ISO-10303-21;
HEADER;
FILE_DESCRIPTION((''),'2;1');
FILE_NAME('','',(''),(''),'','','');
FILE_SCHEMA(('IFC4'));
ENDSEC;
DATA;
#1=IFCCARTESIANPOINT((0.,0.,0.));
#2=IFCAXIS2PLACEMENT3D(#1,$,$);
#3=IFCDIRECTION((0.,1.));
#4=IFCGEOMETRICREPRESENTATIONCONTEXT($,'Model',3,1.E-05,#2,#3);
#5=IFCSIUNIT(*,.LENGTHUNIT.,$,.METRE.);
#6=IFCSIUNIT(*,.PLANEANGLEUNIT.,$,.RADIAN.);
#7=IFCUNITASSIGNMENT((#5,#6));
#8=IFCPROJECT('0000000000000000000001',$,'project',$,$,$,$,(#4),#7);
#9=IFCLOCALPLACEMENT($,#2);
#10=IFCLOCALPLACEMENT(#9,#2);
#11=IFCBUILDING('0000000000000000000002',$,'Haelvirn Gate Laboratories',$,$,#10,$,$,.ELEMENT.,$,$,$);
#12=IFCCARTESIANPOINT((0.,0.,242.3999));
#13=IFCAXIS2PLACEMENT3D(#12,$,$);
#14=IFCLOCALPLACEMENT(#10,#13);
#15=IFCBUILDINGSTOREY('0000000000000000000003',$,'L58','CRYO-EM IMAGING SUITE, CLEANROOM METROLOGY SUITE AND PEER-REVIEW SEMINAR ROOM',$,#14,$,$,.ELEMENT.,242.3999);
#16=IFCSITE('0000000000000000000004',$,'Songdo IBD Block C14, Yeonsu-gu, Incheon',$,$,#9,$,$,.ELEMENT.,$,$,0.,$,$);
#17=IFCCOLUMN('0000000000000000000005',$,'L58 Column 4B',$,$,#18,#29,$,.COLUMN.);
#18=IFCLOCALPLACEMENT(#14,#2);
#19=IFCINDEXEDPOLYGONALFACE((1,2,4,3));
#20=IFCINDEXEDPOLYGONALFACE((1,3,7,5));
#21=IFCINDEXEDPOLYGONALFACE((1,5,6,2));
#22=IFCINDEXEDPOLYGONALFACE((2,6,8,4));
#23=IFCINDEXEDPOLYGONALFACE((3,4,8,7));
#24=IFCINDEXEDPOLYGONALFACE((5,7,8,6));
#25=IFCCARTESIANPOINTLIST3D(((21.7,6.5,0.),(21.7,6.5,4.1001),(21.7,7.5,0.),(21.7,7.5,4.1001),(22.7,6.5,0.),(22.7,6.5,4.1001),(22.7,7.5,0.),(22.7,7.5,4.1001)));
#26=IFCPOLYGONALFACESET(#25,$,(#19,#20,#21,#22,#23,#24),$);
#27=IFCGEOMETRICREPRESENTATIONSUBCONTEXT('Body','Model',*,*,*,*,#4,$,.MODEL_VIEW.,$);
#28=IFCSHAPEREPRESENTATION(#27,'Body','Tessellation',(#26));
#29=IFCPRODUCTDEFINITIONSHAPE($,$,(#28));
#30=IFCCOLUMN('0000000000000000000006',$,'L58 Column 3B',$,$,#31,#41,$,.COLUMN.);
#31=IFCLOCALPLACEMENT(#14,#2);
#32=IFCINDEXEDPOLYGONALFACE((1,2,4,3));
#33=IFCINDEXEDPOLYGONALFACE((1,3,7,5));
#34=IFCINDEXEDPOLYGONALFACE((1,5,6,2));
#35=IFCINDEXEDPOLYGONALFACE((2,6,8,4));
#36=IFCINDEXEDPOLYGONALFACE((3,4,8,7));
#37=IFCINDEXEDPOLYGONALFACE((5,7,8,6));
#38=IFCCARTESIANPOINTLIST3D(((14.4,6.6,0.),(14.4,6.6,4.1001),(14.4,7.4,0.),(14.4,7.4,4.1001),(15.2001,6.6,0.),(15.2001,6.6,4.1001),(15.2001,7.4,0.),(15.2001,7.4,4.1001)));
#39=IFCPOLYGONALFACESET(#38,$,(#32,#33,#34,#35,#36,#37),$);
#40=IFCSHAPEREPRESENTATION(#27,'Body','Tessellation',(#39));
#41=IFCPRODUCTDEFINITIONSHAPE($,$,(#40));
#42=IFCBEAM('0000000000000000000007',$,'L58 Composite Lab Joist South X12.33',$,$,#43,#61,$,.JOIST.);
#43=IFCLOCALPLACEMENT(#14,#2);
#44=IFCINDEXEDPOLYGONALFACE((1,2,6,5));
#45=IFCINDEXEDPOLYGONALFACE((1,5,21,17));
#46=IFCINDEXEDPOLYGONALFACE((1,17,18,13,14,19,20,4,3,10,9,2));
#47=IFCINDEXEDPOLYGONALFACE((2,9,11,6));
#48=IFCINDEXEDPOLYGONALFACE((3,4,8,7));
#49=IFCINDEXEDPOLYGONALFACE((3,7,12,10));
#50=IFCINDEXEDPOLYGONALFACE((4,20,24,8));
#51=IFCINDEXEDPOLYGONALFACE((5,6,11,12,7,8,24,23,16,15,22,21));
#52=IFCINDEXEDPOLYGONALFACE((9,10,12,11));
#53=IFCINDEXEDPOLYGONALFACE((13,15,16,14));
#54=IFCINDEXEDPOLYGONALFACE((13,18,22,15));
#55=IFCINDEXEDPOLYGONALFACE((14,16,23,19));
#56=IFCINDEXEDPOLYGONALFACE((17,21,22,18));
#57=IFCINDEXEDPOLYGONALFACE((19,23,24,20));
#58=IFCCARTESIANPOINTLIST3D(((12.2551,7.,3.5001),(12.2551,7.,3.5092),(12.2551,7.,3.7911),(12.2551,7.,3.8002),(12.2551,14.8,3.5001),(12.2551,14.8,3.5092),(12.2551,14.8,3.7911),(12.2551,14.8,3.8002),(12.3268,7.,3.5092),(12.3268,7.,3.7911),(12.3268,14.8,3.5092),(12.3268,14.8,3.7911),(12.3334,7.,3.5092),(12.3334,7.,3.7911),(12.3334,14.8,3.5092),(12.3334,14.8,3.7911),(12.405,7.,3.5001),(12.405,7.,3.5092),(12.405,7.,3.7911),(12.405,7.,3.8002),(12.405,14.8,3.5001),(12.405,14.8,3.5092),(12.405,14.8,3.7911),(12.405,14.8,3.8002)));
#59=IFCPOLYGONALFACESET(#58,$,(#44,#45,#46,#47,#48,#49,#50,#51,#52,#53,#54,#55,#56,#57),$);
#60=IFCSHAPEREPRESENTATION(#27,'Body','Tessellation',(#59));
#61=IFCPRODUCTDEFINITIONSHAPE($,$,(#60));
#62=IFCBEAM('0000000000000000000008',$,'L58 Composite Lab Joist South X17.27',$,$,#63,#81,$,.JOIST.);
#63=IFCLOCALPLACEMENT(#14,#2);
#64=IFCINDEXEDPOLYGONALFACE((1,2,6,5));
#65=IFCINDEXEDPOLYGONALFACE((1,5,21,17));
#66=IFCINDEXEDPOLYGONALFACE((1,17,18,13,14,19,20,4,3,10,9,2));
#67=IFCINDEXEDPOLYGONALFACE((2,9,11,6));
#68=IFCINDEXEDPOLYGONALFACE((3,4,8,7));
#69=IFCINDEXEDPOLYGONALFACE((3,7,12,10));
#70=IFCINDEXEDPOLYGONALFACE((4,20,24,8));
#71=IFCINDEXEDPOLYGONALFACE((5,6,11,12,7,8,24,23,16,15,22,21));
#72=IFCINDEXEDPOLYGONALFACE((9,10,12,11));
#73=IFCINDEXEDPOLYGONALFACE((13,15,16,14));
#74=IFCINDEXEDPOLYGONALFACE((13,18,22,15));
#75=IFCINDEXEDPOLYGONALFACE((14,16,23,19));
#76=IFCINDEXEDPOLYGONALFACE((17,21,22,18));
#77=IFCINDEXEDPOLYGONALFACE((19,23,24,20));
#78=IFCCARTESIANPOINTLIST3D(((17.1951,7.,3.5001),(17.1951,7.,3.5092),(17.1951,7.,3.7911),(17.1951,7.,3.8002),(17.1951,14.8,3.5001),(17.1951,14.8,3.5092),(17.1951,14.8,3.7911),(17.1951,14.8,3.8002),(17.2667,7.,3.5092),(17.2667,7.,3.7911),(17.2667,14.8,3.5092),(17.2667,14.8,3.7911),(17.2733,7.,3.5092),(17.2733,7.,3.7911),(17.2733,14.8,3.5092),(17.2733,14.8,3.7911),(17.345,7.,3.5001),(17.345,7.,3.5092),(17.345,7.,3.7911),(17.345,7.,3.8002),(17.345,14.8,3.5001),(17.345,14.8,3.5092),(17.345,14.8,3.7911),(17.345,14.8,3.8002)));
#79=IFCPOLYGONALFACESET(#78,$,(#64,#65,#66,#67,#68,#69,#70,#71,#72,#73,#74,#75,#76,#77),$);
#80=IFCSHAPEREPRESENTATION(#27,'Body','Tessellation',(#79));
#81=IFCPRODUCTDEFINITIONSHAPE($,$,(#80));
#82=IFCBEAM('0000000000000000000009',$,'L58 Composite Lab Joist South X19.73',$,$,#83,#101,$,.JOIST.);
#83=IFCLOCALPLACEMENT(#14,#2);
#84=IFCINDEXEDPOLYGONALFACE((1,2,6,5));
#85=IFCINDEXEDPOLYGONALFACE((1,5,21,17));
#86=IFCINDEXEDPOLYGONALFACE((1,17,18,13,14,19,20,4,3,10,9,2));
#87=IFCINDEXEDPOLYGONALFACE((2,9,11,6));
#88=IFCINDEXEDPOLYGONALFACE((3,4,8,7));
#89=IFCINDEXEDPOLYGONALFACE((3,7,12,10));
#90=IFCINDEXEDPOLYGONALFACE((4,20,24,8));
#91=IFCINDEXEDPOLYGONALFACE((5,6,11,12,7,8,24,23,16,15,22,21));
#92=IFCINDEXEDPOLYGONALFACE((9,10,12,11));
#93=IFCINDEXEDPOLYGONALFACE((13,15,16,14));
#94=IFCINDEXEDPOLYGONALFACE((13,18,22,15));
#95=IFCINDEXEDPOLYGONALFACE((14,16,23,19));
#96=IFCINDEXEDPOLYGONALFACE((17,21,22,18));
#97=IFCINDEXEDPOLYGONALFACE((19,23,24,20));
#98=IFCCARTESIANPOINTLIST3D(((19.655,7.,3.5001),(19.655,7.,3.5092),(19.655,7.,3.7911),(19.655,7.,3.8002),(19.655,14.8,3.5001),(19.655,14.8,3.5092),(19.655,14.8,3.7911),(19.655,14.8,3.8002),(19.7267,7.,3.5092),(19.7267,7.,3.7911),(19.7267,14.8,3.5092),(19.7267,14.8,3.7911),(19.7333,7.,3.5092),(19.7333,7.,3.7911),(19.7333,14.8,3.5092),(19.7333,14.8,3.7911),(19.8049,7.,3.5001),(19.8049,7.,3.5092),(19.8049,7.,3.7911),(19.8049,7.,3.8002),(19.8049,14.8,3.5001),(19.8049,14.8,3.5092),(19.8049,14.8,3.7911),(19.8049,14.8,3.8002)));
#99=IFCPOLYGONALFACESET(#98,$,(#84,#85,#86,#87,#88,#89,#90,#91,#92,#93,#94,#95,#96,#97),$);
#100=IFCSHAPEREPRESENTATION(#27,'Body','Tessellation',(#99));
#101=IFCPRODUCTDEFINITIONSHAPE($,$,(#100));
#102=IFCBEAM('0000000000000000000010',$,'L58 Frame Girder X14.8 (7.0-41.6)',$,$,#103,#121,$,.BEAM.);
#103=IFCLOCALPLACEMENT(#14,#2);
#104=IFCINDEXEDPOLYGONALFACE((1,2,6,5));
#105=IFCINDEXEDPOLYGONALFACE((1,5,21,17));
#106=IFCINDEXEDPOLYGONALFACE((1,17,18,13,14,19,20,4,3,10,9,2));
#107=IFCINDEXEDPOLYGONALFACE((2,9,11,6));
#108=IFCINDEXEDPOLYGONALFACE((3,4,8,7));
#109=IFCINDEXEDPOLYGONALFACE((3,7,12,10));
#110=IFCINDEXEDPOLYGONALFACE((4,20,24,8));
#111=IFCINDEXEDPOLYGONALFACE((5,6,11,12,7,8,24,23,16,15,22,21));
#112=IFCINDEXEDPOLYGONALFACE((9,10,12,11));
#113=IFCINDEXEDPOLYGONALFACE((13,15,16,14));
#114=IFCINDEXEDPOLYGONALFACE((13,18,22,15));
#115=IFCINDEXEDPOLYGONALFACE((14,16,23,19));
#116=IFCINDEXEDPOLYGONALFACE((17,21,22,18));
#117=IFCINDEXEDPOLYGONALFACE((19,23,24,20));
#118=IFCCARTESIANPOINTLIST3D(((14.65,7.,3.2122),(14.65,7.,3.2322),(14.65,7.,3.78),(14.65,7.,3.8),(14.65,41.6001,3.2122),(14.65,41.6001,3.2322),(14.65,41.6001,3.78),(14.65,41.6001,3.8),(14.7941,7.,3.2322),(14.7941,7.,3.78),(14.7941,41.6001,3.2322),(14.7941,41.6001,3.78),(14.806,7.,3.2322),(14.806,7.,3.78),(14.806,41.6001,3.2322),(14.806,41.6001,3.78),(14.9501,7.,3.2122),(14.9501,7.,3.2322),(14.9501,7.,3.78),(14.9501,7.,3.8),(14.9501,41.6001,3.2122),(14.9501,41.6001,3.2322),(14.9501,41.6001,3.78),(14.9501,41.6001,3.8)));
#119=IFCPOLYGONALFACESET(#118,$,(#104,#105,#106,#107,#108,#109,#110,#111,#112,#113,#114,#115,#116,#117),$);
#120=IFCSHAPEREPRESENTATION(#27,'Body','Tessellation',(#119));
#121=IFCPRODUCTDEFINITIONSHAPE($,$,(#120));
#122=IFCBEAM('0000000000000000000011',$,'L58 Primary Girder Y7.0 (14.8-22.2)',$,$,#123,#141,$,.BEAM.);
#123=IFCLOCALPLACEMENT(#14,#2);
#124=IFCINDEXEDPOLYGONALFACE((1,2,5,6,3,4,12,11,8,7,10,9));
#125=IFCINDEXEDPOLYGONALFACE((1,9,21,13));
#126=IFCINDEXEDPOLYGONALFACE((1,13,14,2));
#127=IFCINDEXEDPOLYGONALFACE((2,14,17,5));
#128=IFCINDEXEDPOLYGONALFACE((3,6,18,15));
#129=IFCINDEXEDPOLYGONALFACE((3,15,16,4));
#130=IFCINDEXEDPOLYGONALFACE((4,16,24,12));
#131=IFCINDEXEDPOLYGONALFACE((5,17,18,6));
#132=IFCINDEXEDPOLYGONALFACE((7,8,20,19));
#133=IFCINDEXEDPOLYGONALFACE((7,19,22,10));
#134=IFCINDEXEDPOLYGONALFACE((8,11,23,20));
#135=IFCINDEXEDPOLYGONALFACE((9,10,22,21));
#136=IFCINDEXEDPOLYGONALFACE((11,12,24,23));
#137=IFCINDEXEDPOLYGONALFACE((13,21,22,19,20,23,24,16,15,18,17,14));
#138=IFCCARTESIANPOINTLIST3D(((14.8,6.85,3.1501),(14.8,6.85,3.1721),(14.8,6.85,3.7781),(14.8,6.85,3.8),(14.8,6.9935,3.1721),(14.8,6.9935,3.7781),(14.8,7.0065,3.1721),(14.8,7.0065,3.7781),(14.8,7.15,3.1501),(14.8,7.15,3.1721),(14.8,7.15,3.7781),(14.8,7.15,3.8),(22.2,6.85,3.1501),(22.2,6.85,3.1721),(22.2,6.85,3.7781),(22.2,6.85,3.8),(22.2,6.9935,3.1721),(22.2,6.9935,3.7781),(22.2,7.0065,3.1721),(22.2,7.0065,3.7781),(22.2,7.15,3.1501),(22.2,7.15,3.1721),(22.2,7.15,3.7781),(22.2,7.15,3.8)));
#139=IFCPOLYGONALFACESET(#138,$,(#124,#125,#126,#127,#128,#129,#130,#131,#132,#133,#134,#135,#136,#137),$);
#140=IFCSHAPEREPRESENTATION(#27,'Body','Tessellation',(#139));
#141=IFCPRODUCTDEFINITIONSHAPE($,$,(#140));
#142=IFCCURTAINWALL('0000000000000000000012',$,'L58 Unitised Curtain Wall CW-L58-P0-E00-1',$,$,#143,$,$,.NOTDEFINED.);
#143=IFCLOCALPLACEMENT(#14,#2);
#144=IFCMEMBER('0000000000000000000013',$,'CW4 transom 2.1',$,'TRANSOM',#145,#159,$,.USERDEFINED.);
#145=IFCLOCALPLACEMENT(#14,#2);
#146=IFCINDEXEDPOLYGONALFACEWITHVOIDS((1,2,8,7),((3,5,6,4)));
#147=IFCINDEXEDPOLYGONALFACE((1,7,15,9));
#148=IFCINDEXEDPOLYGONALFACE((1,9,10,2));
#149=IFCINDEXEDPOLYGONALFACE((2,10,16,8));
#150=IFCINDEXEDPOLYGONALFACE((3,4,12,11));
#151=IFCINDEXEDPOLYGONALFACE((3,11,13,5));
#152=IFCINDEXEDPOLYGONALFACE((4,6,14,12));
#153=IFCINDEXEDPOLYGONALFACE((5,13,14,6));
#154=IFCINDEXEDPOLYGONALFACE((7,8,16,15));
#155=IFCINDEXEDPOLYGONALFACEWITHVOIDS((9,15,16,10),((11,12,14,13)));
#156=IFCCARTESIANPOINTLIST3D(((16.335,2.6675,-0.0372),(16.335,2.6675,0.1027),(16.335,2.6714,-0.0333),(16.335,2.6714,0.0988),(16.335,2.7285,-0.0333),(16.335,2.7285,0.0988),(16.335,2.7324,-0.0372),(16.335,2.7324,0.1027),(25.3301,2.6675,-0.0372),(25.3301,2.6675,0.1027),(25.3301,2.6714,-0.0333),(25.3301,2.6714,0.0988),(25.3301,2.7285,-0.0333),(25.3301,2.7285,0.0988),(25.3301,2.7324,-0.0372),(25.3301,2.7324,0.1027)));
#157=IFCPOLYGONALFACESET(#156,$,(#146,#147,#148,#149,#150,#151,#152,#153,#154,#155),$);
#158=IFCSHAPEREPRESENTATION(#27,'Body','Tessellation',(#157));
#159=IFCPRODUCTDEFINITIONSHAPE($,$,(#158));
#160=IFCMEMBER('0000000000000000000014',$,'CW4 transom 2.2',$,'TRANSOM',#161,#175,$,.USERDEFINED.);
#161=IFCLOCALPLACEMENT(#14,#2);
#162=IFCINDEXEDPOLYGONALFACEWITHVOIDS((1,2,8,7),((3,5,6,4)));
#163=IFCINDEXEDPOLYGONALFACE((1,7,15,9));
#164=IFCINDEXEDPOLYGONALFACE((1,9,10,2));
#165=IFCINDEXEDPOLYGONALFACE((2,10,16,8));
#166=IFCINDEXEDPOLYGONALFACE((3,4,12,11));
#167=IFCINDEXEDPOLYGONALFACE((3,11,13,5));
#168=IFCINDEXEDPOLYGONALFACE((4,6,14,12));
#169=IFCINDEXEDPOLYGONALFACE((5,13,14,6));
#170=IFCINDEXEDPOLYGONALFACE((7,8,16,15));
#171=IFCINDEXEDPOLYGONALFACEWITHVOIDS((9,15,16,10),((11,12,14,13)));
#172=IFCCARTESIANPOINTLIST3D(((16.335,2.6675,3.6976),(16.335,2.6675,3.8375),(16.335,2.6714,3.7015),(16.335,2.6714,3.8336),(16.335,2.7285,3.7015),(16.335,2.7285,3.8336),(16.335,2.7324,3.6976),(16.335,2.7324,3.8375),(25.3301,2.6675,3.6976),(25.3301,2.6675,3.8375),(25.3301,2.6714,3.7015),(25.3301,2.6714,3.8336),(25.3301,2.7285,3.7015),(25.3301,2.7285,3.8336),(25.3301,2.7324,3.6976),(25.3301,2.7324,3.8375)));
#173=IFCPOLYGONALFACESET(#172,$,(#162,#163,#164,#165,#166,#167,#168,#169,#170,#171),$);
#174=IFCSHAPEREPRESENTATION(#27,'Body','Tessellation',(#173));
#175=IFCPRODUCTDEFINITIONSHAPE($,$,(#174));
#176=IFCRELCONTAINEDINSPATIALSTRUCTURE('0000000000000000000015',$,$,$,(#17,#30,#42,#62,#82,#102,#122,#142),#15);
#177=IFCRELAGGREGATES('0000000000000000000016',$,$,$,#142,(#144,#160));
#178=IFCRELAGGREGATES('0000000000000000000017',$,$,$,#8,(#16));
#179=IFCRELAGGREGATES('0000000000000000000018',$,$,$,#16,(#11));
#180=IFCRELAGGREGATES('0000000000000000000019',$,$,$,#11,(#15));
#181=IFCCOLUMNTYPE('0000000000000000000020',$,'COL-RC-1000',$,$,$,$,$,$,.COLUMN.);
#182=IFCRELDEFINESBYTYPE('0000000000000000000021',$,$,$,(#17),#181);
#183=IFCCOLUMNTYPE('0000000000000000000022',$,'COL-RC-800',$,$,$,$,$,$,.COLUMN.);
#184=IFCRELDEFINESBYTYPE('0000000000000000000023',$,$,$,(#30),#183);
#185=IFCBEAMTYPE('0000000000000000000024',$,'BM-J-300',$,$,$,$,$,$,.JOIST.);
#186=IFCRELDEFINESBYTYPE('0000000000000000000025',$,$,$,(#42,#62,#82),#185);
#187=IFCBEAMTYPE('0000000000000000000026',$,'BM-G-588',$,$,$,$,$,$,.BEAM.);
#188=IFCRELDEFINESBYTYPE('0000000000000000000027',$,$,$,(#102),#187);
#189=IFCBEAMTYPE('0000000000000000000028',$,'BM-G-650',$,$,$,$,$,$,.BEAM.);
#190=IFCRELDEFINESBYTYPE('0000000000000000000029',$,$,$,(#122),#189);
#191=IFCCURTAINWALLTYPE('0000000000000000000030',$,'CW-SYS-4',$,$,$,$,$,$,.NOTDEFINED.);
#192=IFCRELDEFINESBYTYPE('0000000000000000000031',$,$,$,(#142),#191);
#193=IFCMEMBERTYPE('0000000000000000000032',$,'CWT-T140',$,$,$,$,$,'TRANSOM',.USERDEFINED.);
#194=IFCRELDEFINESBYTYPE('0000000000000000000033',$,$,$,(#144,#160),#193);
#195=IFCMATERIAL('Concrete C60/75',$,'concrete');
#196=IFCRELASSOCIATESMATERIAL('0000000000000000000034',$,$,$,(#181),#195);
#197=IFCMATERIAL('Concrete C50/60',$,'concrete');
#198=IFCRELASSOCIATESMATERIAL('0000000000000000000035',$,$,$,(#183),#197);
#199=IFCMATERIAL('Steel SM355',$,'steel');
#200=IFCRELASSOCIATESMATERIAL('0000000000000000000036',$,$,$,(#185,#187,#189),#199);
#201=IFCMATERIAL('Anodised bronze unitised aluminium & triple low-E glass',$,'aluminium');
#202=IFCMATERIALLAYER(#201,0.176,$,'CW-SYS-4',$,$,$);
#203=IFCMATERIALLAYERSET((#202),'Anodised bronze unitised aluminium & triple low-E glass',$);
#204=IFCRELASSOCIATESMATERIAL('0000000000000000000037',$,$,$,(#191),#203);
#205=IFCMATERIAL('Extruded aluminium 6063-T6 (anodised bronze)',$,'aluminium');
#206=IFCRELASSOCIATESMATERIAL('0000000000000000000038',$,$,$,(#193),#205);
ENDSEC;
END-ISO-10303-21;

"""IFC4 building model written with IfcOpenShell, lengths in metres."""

from ifc_helpers import new_model, si_unit, direction, frame, origin, origin_2d, place, context, subcontext, project, spatial, rectangle, hollow_rectangle, i_section, extrude, source, transform, mapped, material, layer, layer_set, material_profile, profile_set, type_object, type_shapes, element, aggregate, save


model = new_model("IFC4")

# Units and contexts
model_context = context("Model", 3, precision=1e-05, world=origin(), true_north=direction((0.0, 1.0)))
body_context = subcontext(model_context, "Body", "Model", "MODEL_VIEW")
ifc_project = project(units=[si_unit("LENGTHUNIT", "METRE"), si_unit("PLANEANGLEUNIT", "RADIAN")], contexts=[model_context])

# Site, building, storey
site_placement = place(None, origin())
site = spatial("IfcSite", under=ifc_project, at=site_placement, Name="Songdo IBD Block C14, Yeonsu-gu, Incheon", CompositionType="ELEMENT", RefElevation=0.0)
building_placement = place(site_placement, origin())
building = spatial("IfcBuilding", under=site, at=building_placement, Name="Haelvirn Gate Laboratories", CompositionType="ELEMENT")
storey_placement = place(building_placement, frame((0.0, 0.0, 242.3999)))
storey = spatial("IfcBuildingStorey", under=building, at=storey_placement, Name="L58", Description="CRYO-EM IMAGING SUITE, CLEANROOM METROLOGY SUITE AND PEER-REVIEW SEMINAR ROOM", CompositionType="ELEMENT", Elevation=242.3999)

# Columns
ifc_material_1 = material(Name="Concrete C60/75", Category="concrete")
ifc_material_profile_1 = material_profile(ifc_material_1, rectangle(XDim=1.0, YDim=1.0, at=origin_2d()), Name="RC-1000x1000")
ifc_profile_set_1 = profile_set([ifc_material_profile_1], Name="Concrete C60/75")
column_type_1 = type_object("IfcColumnType", Name="COL-RC-1000", PredefinedType="COLUMN", material=ifc_profile_set_1)
shared_shape_1 = source(origin(), body_context, "Body", "SweptSolid", [
    extrude(rectangle(XDim=1.0, YDim=1.0, at=origin_2d()), origin(), (0.0, 0.0, 1.0), 4.1001),
])
type_shapes(column_type_1, [shared_shape_1])
column_1_placement = place(storey_placement, frame((22.2, 7.0, 0.0), z_axis=(0.0, 0.0, 1.0), x_axis=(1.0, 0.0, 0.0)))
element("IfcColumn", 1, at=column_1_placement, inside=storey, type_object=column_type_1, Name="L58 Column 4B", PredefinedType="COLUMN", context=body_context, shape_type="MappedRepresentation", body=[
    mapped(shared_shape_1, transform((0.0, 0.0, 0.0), scale=1.0)),
])
ifc_material_2 = material(Name="Concrete C50/60", Category="concrete")
ifc_material_profile_2 = material_profile(ifc_material_2, rectangle(XDim=0.8, YDim=0.8, at=origin_2d()), Name="RC-800x800")
ifc_profile_set_2 = profile_set([ifc_material_profile_2], Name="Concrete C50/60")
column_type_2 = type_object("IfcColumnType", Name="COL-RC-800", PredefinedType="COLUMN", material=ifc_profile_set_2)
shared_shape_2 = source(origin(), body_context, "Body", "SweptSolid", [
    extrude(rectangle(XDim=0.8, YDim=0.8, at=origin_2d()), origin(), (0.0, 0.0, 1.0), 4.1001),
])
type_shapes(column_type_2, [shared_shape_2])
column_2_placement = place(storey_placement, frame((14.8, 7.0, 0.0), z_axis=(0.0, 0.0, 1.0), x_axis=(1.0, 0.0, 0.0)))
element("IfcColumn", 2, at=column_2_placement, inside=storey, type_object=column_type_2, Name="L58 Column 3B", PredefinedType="COLUMN", context=body_context, shape_type="MappedRepresentation", body=[
    mapped(shared_shape_2, transform((0.0, 0.0, 0.0), scale=1.0)),
])

# Beams
ifc_material_3 = material(Name="Steel SM355", Category="steel")
ifc_material_profile_3 = material_profile(ifc_material_3, i_section(OverallWidth=0.1499, OverallDepth=0.3, WebThickness=0.0066, FlangeThickness=0.009, at=origin_2d()), Name="H-300x150x6.5x9")
ifc_profile_set_3 = profile_set([ifc_material_profile_3], Name="Steel SM355")
beam_type_1 = type_object("IfcBeamType", Name="BM-J-300", PredefinedType="JOIST", material=ifc_profile_set_3)
shared_shape_3 = source(origin(), body_context, "Body", "SweptSolid", [
    extrude(i_section(OverallWidth=0.1499, OverallDepth=0.3, WebThickness=0.0066, FlangeThickness=0.009, at=origin_2d()), origin(), (0.0, 0.0, 1.0), 7.8),
])
type_shapes(beam_type_1, [shared_shape_3])
for number, where, z_axis, x_axis, name in (
    (3, (12.3301, 7.0, 3.6501), (0.0, 1.0, 0.0), (-1.0, 0.0, 0.0), "L58 Composite Lab Joist South X12.33"),
    (4, (17.27, 7.0, 3.6501), (0.0, 1.0, 0.0), (-1.0, 0.0, 0.0), "L58 Composite Lab Joist South X17.27"),
    (5, (19.73, 7.0, 3.6501), (0.0, 1.0, 0.0), (-1.0, 0.0, 0.0), "L58 Composite Lab Joist South X19.73"),
):
    element("IfcBeam", number, at=place(storey_placement, frame(where, z_axis=z_axis, x_axis=x_axis)), inside=storey, type_object=beam_type_1, Name=name, PredefinedType="JOIST", context=body_context, shape_type="MappedRepresentation", body=[
        mapped(shared_shape_3, transform((0.0, 0.0, 0.0), scale=1.0)),
    ])
ifc_material_profile_4 = material_profile(ifc_material_3, i_section(OverallWidth=0.3, OverallDepth=0.5879, WebThickness=0.012, FlangeThickness=0.02, at=origin_2d()), Name="H-588x300x12x20")
ifc_profile_set_4 = profile_set([ifc_material_profile_4], Name="Steel SM355")
beam_type_2 = type_object("IfcBeamType", Name="BM-G-588", PredefinedType="BEAM", material=ifc_profile_set_4)
shared_shape_4 = source(origin(), body_context, "Body", "SweptSolid", [
    extrude(i_section(OverallWidth=0.3, OverallDepth=0.5879, WebThickness=0.012, FlangeThickness=0.02, at=origin_2d()), origin(), (0.0, 0.0, 1.0), 34.6001),
])
type_shapes(beam_type_2, [shared_shape_4])
beam_1_placement = place(storey_placement, frame((14.8, 7.0, 3.5061), z_axis=(0.0, 1.0, 0.0), x_axis=(-1.0, 0.0, 0.0)))
element("IfcBeam", 6, at=beam_1_placement, inside=storey, type_object=beam_type_2, Name="L58 Frame Girder X14.8 (7.0-41.6)", PredefinedType="BEAM", context=body_context, shape_type="MappedRepresentation", body=[
    mapped(shared_shape_4, transform((0.0, 0.0, 0.0), scale=1.0)),
])
ifc_material_profile_5 = material_profile(ifc_material_3, i_section(OverallWidth=0.3, OverallDepth=0.6499, WebThickness=0.0129, FlangeThickness=0.022, at=origin_2d()), Name="H-650x300x13x22")
ifc_profile_set_5 = profile_set([ifc_material_profile_5], Name="Steel SM355")
beam_type_3 = type_object("IfcBeamType", Name="BM-G-650", PredefinedType="BEAM", material=ifc_profile_set_5)
shared_shape_5 = source(origin(), body_context, "Body", "SweptSolid", [
    extrude(i_section(OverallWidth=0.3, OverallDepth=0.6499, WebThickness=0.0129, FlangeThickness=0.022, at=origin_2d()), origin(), (0.0, 0.0, 1.0), 7.3999),
])
type_shapes(beam_type_3, [shared_shape_5])
beam_2_placement = place(storey_placement, frame((14.8, 7.0, 3.4751), z_axis=(1.0, 0.0, 0.0), x_axis=(0.0, 1.0, 0.0)))
element("IfcBeam", 7, at=beam_2_placement, inside=storey, type_object=beam_type_3, Name="L58 Primary Girder Y7.0 (14.8-22.2)", PredefinedType="BEAM", context=body_context, shape_type="MappedRepresentation", body=[
    mapped(shared_shape_5, transform((0.0, 0.0, 0.0), scale=1.0)),
])

# Curtain wall, members
ifc_material_4 = material(Name="Anodised bronze unitised aluminium & triple low-E glass", Category="aluminium")
ifc_layer_1 = layer(ifc_material_4, 0.176, Name="CW-SYS-4")
ifc_layer_set_1 = layer_set([ifc_layer_1], Name="Anodised bronze unitised aluminium & triple low-E glass")
curtain_wall_type = type_object("IfcCurtainWallType", Name="CW-SYS-4", PredefinedType="NOTDEFINED", material=ifc_layer_set_1)
curtain_wall_placement = place(storey_placement, origin())
curtain_wall = element("IfcCurtainWall", 8, at=curtain_wall_placement, inside=storey, type_object=curtain_wall_type, Name="L58 Unitised Curtain Wall CW-L58-P0-E00-1", PredefinedType="NOTDEFINED")
ifc_material_5 = material(Name="Extruded aluminium 6063-T6 (anodised bronze)", Category="aluminium")
ifc_material_profile_6 = material_profile(ifc_material_5, hollow_rectangle(XDim=0.0649, YDim=0.1399, WallThickness=0.0039, at=origin_2d()), Name="CWT-140x65x4")
ifc_profile_set_6 = profile_set([ifc_material_profile_6], Name="Extruded aluminium 6063-T6 (anodised bronze)")
member_type_1 = type_object("IfcMemberType", Name="CWT-T140", ElementType="TRANSOM", PredefinedType="USERDEFINED", material=ifc_profile_set_6)
shared_shape_6 = source(origin(), body_context, "Body", "SweptSolid", [
    extrude(hollow_rectangle(XDim=0.0649, YDim=0.1399, WallThickness=0.0039, at=origin_2d()), origin(), (0.0, 0.0, 1.0), 8.9951),
])
type_shapes(member_type_1, [shared_shape_6])
member_1_placement = place(storey_placement, frame((16.335, 2.7, 0.0327), z_axis=(1.0, 0.0, 0.0), x_axis=(0.0, 1.0, 0.0)))
member_1 = element("IfcMember", 9, at=member_1_placement, type_object=member_type_1, Name="CW4 transom 2.1", ObjectType="TRANSOM", PredefinedType="USERDEFINED", context=body_context, shape_type="MappedRepresentation", body=[
    mapped(shared_shape_6, transform((0.0, 0.0, 0.0), scale=1.0)),
])
member_2_placement = place(storey_placement, frame((16.335, 2.7, 3.7676), z_axis=(1.0, 0.0, 0.0), x_axis=(0.0, 1.0, 0.0)))
member_2 = element("IfcMember", 10, at=member_2_placement, type_object=member_type_1, Name="CW4 transom 2.2", ObjectType="TRANSOM", PredefinedType="USERDEFINED", context=body_context, shape_type="MappedRepresentation", body=[
    mapped(shared_shape_6, transform((0.0, 0.0, 0.0), scale=1.0)),
])
aggregate(curtain_wall, [member_1, member_2])

save(model, "model.ifc")
